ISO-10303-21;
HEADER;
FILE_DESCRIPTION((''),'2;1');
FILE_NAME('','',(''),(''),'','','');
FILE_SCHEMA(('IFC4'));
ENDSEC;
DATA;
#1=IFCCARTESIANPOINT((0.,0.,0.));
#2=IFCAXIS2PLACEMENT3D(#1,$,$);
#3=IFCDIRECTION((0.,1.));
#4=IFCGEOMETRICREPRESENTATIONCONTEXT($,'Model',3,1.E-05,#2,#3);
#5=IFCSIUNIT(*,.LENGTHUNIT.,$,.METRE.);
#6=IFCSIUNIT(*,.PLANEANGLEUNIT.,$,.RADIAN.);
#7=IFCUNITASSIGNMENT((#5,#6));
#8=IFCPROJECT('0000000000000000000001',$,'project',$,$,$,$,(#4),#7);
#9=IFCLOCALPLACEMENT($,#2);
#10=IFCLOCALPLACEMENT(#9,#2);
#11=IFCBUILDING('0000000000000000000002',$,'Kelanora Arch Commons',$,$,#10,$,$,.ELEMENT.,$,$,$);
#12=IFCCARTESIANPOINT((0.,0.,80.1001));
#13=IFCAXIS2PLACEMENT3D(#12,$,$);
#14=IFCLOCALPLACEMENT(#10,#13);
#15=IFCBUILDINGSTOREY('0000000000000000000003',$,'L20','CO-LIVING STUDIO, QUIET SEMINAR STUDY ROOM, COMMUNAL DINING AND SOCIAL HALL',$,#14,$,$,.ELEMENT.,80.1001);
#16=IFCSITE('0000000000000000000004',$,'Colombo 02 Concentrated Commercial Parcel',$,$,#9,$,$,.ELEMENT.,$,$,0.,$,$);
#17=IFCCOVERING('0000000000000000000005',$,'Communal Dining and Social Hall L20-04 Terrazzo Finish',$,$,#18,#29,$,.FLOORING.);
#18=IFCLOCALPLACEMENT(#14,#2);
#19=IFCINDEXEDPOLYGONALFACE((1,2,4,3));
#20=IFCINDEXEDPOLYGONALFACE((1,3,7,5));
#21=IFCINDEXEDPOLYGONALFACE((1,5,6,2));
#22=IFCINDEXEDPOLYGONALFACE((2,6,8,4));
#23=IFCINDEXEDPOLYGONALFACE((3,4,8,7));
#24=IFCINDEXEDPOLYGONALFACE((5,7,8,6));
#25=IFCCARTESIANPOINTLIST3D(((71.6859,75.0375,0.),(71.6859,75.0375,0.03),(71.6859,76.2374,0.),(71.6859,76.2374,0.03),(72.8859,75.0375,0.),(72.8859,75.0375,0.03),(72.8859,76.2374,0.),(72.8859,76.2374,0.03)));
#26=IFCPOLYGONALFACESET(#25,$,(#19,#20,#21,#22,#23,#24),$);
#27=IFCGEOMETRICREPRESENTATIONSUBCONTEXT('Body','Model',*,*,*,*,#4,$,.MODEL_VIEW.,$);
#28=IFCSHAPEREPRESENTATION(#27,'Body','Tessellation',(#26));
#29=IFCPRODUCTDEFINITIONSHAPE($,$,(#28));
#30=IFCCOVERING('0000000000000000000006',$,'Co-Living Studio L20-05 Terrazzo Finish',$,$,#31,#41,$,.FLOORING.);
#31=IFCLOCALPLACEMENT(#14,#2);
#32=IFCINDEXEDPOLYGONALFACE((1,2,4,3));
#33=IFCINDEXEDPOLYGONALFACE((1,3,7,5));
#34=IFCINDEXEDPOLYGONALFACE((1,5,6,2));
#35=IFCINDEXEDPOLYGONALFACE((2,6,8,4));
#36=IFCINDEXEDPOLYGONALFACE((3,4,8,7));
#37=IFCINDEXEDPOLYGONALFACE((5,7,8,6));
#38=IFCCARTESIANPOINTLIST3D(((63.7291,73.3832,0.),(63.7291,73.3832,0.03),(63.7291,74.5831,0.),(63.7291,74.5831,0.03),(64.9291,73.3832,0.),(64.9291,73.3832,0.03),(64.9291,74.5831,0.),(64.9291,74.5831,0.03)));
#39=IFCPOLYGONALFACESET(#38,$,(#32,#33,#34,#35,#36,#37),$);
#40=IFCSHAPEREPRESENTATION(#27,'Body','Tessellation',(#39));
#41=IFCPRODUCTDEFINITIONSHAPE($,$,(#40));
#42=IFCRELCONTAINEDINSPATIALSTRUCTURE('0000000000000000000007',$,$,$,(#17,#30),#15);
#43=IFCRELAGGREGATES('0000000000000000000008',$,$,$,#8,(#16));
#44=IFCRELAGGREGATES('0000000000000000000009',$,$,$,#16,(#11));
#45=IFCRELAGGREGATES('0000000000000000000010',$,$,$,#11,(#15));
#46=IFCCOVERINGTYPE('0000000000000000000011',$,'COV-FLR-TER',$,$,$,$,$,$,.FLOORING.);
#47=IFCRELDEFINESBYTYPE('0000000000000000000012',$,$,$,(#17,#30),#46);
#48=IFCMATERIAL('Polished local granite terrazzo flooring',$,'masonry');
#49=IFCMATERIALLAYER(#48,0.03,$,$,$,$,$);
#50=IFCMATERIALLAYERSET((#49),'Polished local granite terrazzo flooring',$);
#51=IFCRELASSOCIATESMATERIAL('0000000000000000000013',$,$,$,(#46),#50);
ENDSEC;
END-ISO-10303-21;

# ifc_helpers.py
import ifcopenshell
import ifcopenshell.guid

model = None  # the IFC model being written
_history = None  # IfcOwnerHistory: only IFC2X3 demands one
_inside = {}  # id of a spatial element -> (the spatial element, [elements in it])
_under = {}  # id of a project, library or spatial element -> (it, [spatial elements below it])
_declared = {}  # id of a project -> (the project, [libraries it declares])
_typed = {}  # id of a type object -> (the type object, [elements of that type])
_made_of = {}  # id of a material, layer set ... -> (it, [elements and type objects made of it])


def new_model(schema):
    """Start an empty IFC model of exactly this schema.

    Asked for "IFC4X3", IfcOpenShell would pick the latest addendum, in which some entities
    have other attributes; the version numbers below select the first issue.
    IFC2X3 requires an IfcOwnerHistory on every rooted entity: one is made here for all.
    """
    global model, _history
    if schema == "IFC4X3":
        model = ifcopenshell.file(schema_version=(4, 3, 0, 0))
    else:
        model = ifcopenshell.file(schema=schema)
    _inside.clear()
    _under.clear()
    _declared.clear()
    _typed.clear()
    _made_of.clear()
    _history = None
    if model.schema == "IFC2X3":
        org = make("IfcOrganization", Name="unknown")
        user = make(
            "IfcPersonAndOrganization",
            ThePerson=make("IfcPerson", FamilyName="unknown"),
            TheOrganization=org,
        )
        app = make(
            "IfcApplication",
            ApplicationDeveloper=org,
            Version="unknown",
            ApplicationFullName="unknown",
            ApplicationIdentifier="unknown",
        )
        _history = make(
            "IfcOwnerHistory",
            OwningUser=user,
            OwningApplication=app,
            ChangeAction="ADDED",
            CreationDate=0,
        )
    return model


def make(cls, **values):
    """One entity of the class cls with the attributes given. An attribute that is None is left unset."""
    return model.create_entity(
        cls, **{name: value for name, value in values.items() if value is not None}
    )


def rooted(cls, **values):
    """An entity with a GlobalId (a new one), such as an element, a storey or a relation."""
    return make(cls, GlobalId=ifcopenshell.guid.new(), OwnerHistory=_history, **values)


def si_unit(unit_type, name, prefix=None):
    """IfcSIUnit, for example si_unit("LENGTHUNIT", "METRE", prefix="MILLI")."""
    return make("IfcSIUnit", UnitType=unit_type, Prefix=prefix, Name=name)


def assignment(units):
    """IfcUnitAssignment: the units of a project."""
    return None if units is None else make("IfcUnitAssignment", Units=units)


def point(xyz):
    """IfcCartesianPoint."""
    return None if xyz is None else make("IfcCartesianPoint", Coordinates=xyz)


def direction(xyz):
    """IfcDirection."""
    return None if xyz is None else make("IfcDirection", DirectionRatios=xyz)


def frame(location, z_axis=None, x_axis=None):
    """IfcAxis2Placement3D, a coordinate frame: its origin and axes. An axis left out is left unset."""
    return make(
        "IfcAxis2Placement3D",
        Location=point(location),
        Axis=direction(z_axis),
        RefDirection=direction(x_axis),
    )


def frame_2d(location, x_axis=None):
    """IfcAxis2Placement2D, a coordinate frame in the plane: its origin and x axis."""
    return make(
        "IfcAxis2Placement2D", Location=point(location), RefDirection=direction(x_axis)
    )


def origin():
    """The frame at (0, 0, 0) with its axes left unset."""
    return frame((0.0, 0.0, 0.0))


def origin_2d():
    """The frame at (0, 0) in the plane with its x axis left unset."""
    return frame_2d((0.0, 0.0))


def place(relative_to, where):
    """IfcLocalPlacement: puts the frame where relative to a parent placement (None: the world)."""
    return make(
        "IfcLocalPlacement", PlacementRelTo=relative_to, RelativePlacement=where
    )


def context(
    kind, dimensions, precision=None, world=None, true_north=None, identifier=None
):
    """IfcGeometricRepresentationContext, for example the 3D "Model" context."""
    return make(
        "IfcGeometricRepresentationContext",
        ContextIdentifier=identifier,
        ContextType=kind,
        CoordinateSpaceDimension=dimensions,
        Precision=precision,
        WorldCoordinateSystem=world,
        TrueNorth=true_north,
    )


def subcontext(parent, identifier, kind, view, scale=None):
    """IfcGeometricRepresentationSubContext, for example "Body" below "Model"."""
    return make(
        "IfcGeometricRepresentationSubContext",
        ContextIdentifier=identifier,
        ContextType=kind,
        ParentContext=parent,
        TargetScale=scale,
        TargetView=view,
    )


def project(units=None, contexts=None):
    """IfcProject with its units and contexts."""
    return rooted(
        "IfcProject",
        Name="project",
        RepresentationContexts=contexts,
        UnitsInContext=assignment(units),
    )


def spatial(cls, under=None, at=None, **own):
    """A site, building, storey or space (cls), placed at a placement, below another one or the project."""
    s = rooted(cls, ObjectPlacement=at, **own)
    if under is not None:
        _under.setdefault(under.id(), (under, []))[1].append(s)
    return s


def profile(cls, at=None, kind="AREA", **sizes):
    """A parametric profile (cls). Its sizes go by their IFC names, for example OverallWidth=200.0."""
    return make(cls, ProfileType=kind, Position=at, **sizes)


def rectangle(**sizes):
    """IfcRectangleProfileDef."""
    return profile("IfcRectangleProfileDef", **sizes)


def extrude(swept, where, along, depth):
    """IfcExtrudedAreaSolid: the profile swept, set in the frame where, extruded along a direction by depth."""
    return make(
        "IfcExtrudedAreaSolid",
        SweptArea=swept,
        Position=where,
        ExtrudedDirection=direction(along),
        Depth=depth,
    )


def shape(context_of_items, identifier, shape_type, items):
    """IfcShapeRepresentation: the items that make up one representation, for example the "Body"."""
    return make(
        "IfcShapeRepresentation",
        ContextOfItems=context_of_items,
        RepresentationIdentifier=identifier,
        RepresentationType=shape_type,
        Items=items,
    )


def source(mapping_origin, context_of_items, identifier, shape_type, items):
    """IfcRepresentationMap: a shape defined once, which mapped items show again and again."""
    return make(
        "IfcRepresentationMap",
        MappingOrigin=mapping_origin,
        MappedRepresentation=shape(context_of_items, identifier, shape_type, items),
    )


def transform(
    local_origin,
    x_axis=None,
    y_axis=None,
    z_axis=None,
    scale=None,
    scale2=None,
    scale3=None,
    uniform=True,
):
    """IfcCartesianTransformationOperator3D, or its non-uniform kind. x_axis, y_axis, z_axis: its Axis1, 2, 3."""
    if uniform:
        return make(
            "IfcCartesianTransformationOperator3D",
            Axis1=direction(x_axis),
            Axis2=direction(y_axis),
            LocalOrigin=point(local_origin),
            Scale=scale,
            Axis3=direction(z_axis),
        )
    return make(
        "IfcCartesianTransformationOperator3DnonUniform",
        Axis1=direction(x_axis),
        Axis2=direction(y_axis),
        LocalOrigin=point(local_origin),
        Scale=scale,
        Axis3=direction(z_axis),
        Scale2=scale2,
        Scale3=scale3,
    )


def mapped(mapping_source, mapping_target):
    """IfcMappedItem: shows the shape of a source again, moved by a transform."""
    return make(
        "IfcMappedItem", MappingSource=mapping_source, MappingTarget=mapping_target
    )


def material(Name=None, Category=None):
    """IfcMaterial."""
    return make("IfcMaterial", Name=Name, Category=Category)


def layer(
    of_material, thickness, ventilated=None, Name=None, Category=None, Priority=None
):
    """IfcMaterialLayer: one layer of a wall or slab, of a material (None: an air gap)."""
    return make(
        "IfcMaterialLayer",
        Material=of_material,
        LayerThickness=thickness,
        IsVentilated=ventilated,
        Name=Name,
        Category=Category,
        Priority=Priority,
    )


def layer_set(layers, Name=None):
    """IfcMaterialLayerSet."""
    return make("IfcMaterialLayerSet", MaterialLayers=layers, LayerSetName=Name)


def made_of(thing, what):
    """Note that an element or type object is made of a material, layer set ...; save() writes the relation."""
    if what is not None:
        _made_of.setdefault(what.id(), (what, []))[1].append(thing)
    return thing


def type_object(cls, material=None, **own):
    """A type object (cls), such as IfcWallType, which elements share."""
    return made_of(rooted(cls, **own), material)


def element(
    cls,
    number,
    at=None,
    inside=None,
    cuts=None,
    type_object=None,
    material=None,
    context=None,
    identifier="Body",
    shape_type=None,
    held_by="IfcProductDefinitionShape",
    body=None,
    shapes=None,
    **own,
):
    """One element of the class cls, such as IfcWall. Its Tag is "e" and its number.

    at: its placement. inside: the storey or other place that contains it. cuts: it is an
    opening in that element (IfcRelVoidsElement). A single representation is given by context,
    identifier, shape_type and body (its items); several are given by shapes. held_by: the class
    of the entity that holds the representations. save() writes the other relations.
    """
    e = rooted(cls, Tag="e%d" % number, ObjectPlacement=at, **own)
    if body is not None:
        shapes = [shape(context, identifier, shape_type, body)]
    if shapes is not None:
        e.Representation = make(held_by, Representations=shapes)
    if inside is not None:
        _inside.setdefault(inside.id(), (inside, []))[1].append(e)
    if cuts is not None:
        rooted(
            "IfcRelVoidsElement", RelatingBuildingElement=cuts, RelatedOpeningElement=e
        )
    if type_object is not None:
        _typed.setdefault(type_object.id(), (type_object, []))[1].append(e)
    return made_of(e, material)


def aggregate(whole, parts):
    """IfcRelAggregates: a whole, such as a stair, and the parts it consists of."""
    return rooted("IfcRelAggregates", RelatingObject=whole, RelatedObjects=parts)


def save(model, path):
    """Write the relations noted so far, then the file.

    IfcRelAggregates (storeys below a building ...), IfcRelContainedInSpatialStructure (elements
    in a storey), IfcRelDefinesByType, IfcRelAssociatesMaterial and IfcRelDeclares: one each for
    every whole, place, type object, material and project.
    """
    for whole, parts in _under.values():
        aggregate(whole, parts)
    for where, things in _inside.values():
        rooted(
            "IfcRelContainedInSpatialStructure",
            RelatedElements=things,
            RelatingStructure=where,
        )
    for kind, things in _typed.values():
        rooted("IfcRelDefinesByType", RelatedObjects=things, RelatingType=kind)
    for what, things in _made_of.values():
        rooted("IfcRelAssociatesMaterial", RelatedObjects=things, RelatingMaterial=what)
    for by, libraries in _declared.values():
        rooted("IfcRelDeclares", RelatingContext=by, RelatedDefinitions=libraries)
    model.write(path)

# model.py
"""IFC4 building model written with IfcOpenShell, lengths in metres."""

from ifc_helpers import new_model, si_unit, direction, frame, origin, origin_2d, place, context, subcontext, project, spatial, rectangle, extrude, source, transform, mapped, material, layer, layer_set, type_object, element, save


model = new_model("IFC4")

# Units and contexts
model_context = context("Model", 3, precision=1e-05, world=origin(), true_north=direction((0.0, 1.0)))
body_context = subcontext(model_context, "Body", "Model", "MODEL_VIEW")
ifc_project = project(units=[si_unit("LENGTHUNIT", "METRE"), si_unit("PLANEANGLEUNIT", "RADIAN")], contexts=[model_context])

# Site, building, storey
site_placement = place(None, origin())
site = spatial("IfcSite", under=ifc_project, at=site_placement, Name="Colombo 02 Concentrated Commercial Parcel", CompositionType="ELEMENT", RefElevation=0.0)
building_placement = place(site_placement, origin())
building = spatial("IfcBuilding", under=site, at=building_placement, Name="Kelanora Arch Commons", CompositionType="ELEMENT")
storey_placement = place(building_placement, frame((0.0, 0.0, 80.1001)))
storey = spatial("IfcBuildingStorey", under=building, at=storey_placement, Name="L20", Description="CO-LIVING STUDIO, QUIET SEMINAR STUDY ROOM, COMMUNAL DINING AND SOCIAL HALL", CompositionType="ELEMENT", Elevation=80.1001)

# Coverings
ifc_material_1 = material(Name="Polished local granite terrazzo flooring", Category="masonry")
ifc_layer_1 = layer(ifc_material_1, 0.03)
ifc_layer_set_1 = layer_set([ifc_layer_1], Name="Polished local granite terrazzo flooring")
covering_type = type_object("IfcCoveringType", Name="COV-FLR-TER", PredefinedType="FLOORING", material=ifc_layer_set_1)
shared_shape_1 = source(origin(), body_context, "Body", "SweptSolid", [
    extrude(rectangle(XDim=1.2, YDim=1.2, at=origin_2d()), origin(), (0.0, 0.0, 1.0), 0.03),
])
for number, where, z_axis, x_axis, name in (
    (1, (72.2859, 75.6375, 0.0), (0.0, 0.0, 1.0), (1.0, 0.0, 0.0), "Communal Dining and Social Hall L20-04 Terrazzo Finish"),
    (2, (64.3291, 73.9832, 0.0), (0.0, 0.0, 1.0), (1.0, 0.0, 0.0), "Co-Living Studio L20-05 Terrazzo Finish"),
):
    element("IfcCovering", number, at=place(storey_placement, frame(where, z_axis=z_axis, x_axis=x_axis)), inside=storey, type_object=covering_type, Name=name, PredefinedType="FLOORING", context=body_context, shape_type="MappedRepresentation", body=[
        mapped(shared_shape_1, transform((0.0, 0.0, 0.0), scale=1.0)),
    ])

save(model, "model.ifc")
